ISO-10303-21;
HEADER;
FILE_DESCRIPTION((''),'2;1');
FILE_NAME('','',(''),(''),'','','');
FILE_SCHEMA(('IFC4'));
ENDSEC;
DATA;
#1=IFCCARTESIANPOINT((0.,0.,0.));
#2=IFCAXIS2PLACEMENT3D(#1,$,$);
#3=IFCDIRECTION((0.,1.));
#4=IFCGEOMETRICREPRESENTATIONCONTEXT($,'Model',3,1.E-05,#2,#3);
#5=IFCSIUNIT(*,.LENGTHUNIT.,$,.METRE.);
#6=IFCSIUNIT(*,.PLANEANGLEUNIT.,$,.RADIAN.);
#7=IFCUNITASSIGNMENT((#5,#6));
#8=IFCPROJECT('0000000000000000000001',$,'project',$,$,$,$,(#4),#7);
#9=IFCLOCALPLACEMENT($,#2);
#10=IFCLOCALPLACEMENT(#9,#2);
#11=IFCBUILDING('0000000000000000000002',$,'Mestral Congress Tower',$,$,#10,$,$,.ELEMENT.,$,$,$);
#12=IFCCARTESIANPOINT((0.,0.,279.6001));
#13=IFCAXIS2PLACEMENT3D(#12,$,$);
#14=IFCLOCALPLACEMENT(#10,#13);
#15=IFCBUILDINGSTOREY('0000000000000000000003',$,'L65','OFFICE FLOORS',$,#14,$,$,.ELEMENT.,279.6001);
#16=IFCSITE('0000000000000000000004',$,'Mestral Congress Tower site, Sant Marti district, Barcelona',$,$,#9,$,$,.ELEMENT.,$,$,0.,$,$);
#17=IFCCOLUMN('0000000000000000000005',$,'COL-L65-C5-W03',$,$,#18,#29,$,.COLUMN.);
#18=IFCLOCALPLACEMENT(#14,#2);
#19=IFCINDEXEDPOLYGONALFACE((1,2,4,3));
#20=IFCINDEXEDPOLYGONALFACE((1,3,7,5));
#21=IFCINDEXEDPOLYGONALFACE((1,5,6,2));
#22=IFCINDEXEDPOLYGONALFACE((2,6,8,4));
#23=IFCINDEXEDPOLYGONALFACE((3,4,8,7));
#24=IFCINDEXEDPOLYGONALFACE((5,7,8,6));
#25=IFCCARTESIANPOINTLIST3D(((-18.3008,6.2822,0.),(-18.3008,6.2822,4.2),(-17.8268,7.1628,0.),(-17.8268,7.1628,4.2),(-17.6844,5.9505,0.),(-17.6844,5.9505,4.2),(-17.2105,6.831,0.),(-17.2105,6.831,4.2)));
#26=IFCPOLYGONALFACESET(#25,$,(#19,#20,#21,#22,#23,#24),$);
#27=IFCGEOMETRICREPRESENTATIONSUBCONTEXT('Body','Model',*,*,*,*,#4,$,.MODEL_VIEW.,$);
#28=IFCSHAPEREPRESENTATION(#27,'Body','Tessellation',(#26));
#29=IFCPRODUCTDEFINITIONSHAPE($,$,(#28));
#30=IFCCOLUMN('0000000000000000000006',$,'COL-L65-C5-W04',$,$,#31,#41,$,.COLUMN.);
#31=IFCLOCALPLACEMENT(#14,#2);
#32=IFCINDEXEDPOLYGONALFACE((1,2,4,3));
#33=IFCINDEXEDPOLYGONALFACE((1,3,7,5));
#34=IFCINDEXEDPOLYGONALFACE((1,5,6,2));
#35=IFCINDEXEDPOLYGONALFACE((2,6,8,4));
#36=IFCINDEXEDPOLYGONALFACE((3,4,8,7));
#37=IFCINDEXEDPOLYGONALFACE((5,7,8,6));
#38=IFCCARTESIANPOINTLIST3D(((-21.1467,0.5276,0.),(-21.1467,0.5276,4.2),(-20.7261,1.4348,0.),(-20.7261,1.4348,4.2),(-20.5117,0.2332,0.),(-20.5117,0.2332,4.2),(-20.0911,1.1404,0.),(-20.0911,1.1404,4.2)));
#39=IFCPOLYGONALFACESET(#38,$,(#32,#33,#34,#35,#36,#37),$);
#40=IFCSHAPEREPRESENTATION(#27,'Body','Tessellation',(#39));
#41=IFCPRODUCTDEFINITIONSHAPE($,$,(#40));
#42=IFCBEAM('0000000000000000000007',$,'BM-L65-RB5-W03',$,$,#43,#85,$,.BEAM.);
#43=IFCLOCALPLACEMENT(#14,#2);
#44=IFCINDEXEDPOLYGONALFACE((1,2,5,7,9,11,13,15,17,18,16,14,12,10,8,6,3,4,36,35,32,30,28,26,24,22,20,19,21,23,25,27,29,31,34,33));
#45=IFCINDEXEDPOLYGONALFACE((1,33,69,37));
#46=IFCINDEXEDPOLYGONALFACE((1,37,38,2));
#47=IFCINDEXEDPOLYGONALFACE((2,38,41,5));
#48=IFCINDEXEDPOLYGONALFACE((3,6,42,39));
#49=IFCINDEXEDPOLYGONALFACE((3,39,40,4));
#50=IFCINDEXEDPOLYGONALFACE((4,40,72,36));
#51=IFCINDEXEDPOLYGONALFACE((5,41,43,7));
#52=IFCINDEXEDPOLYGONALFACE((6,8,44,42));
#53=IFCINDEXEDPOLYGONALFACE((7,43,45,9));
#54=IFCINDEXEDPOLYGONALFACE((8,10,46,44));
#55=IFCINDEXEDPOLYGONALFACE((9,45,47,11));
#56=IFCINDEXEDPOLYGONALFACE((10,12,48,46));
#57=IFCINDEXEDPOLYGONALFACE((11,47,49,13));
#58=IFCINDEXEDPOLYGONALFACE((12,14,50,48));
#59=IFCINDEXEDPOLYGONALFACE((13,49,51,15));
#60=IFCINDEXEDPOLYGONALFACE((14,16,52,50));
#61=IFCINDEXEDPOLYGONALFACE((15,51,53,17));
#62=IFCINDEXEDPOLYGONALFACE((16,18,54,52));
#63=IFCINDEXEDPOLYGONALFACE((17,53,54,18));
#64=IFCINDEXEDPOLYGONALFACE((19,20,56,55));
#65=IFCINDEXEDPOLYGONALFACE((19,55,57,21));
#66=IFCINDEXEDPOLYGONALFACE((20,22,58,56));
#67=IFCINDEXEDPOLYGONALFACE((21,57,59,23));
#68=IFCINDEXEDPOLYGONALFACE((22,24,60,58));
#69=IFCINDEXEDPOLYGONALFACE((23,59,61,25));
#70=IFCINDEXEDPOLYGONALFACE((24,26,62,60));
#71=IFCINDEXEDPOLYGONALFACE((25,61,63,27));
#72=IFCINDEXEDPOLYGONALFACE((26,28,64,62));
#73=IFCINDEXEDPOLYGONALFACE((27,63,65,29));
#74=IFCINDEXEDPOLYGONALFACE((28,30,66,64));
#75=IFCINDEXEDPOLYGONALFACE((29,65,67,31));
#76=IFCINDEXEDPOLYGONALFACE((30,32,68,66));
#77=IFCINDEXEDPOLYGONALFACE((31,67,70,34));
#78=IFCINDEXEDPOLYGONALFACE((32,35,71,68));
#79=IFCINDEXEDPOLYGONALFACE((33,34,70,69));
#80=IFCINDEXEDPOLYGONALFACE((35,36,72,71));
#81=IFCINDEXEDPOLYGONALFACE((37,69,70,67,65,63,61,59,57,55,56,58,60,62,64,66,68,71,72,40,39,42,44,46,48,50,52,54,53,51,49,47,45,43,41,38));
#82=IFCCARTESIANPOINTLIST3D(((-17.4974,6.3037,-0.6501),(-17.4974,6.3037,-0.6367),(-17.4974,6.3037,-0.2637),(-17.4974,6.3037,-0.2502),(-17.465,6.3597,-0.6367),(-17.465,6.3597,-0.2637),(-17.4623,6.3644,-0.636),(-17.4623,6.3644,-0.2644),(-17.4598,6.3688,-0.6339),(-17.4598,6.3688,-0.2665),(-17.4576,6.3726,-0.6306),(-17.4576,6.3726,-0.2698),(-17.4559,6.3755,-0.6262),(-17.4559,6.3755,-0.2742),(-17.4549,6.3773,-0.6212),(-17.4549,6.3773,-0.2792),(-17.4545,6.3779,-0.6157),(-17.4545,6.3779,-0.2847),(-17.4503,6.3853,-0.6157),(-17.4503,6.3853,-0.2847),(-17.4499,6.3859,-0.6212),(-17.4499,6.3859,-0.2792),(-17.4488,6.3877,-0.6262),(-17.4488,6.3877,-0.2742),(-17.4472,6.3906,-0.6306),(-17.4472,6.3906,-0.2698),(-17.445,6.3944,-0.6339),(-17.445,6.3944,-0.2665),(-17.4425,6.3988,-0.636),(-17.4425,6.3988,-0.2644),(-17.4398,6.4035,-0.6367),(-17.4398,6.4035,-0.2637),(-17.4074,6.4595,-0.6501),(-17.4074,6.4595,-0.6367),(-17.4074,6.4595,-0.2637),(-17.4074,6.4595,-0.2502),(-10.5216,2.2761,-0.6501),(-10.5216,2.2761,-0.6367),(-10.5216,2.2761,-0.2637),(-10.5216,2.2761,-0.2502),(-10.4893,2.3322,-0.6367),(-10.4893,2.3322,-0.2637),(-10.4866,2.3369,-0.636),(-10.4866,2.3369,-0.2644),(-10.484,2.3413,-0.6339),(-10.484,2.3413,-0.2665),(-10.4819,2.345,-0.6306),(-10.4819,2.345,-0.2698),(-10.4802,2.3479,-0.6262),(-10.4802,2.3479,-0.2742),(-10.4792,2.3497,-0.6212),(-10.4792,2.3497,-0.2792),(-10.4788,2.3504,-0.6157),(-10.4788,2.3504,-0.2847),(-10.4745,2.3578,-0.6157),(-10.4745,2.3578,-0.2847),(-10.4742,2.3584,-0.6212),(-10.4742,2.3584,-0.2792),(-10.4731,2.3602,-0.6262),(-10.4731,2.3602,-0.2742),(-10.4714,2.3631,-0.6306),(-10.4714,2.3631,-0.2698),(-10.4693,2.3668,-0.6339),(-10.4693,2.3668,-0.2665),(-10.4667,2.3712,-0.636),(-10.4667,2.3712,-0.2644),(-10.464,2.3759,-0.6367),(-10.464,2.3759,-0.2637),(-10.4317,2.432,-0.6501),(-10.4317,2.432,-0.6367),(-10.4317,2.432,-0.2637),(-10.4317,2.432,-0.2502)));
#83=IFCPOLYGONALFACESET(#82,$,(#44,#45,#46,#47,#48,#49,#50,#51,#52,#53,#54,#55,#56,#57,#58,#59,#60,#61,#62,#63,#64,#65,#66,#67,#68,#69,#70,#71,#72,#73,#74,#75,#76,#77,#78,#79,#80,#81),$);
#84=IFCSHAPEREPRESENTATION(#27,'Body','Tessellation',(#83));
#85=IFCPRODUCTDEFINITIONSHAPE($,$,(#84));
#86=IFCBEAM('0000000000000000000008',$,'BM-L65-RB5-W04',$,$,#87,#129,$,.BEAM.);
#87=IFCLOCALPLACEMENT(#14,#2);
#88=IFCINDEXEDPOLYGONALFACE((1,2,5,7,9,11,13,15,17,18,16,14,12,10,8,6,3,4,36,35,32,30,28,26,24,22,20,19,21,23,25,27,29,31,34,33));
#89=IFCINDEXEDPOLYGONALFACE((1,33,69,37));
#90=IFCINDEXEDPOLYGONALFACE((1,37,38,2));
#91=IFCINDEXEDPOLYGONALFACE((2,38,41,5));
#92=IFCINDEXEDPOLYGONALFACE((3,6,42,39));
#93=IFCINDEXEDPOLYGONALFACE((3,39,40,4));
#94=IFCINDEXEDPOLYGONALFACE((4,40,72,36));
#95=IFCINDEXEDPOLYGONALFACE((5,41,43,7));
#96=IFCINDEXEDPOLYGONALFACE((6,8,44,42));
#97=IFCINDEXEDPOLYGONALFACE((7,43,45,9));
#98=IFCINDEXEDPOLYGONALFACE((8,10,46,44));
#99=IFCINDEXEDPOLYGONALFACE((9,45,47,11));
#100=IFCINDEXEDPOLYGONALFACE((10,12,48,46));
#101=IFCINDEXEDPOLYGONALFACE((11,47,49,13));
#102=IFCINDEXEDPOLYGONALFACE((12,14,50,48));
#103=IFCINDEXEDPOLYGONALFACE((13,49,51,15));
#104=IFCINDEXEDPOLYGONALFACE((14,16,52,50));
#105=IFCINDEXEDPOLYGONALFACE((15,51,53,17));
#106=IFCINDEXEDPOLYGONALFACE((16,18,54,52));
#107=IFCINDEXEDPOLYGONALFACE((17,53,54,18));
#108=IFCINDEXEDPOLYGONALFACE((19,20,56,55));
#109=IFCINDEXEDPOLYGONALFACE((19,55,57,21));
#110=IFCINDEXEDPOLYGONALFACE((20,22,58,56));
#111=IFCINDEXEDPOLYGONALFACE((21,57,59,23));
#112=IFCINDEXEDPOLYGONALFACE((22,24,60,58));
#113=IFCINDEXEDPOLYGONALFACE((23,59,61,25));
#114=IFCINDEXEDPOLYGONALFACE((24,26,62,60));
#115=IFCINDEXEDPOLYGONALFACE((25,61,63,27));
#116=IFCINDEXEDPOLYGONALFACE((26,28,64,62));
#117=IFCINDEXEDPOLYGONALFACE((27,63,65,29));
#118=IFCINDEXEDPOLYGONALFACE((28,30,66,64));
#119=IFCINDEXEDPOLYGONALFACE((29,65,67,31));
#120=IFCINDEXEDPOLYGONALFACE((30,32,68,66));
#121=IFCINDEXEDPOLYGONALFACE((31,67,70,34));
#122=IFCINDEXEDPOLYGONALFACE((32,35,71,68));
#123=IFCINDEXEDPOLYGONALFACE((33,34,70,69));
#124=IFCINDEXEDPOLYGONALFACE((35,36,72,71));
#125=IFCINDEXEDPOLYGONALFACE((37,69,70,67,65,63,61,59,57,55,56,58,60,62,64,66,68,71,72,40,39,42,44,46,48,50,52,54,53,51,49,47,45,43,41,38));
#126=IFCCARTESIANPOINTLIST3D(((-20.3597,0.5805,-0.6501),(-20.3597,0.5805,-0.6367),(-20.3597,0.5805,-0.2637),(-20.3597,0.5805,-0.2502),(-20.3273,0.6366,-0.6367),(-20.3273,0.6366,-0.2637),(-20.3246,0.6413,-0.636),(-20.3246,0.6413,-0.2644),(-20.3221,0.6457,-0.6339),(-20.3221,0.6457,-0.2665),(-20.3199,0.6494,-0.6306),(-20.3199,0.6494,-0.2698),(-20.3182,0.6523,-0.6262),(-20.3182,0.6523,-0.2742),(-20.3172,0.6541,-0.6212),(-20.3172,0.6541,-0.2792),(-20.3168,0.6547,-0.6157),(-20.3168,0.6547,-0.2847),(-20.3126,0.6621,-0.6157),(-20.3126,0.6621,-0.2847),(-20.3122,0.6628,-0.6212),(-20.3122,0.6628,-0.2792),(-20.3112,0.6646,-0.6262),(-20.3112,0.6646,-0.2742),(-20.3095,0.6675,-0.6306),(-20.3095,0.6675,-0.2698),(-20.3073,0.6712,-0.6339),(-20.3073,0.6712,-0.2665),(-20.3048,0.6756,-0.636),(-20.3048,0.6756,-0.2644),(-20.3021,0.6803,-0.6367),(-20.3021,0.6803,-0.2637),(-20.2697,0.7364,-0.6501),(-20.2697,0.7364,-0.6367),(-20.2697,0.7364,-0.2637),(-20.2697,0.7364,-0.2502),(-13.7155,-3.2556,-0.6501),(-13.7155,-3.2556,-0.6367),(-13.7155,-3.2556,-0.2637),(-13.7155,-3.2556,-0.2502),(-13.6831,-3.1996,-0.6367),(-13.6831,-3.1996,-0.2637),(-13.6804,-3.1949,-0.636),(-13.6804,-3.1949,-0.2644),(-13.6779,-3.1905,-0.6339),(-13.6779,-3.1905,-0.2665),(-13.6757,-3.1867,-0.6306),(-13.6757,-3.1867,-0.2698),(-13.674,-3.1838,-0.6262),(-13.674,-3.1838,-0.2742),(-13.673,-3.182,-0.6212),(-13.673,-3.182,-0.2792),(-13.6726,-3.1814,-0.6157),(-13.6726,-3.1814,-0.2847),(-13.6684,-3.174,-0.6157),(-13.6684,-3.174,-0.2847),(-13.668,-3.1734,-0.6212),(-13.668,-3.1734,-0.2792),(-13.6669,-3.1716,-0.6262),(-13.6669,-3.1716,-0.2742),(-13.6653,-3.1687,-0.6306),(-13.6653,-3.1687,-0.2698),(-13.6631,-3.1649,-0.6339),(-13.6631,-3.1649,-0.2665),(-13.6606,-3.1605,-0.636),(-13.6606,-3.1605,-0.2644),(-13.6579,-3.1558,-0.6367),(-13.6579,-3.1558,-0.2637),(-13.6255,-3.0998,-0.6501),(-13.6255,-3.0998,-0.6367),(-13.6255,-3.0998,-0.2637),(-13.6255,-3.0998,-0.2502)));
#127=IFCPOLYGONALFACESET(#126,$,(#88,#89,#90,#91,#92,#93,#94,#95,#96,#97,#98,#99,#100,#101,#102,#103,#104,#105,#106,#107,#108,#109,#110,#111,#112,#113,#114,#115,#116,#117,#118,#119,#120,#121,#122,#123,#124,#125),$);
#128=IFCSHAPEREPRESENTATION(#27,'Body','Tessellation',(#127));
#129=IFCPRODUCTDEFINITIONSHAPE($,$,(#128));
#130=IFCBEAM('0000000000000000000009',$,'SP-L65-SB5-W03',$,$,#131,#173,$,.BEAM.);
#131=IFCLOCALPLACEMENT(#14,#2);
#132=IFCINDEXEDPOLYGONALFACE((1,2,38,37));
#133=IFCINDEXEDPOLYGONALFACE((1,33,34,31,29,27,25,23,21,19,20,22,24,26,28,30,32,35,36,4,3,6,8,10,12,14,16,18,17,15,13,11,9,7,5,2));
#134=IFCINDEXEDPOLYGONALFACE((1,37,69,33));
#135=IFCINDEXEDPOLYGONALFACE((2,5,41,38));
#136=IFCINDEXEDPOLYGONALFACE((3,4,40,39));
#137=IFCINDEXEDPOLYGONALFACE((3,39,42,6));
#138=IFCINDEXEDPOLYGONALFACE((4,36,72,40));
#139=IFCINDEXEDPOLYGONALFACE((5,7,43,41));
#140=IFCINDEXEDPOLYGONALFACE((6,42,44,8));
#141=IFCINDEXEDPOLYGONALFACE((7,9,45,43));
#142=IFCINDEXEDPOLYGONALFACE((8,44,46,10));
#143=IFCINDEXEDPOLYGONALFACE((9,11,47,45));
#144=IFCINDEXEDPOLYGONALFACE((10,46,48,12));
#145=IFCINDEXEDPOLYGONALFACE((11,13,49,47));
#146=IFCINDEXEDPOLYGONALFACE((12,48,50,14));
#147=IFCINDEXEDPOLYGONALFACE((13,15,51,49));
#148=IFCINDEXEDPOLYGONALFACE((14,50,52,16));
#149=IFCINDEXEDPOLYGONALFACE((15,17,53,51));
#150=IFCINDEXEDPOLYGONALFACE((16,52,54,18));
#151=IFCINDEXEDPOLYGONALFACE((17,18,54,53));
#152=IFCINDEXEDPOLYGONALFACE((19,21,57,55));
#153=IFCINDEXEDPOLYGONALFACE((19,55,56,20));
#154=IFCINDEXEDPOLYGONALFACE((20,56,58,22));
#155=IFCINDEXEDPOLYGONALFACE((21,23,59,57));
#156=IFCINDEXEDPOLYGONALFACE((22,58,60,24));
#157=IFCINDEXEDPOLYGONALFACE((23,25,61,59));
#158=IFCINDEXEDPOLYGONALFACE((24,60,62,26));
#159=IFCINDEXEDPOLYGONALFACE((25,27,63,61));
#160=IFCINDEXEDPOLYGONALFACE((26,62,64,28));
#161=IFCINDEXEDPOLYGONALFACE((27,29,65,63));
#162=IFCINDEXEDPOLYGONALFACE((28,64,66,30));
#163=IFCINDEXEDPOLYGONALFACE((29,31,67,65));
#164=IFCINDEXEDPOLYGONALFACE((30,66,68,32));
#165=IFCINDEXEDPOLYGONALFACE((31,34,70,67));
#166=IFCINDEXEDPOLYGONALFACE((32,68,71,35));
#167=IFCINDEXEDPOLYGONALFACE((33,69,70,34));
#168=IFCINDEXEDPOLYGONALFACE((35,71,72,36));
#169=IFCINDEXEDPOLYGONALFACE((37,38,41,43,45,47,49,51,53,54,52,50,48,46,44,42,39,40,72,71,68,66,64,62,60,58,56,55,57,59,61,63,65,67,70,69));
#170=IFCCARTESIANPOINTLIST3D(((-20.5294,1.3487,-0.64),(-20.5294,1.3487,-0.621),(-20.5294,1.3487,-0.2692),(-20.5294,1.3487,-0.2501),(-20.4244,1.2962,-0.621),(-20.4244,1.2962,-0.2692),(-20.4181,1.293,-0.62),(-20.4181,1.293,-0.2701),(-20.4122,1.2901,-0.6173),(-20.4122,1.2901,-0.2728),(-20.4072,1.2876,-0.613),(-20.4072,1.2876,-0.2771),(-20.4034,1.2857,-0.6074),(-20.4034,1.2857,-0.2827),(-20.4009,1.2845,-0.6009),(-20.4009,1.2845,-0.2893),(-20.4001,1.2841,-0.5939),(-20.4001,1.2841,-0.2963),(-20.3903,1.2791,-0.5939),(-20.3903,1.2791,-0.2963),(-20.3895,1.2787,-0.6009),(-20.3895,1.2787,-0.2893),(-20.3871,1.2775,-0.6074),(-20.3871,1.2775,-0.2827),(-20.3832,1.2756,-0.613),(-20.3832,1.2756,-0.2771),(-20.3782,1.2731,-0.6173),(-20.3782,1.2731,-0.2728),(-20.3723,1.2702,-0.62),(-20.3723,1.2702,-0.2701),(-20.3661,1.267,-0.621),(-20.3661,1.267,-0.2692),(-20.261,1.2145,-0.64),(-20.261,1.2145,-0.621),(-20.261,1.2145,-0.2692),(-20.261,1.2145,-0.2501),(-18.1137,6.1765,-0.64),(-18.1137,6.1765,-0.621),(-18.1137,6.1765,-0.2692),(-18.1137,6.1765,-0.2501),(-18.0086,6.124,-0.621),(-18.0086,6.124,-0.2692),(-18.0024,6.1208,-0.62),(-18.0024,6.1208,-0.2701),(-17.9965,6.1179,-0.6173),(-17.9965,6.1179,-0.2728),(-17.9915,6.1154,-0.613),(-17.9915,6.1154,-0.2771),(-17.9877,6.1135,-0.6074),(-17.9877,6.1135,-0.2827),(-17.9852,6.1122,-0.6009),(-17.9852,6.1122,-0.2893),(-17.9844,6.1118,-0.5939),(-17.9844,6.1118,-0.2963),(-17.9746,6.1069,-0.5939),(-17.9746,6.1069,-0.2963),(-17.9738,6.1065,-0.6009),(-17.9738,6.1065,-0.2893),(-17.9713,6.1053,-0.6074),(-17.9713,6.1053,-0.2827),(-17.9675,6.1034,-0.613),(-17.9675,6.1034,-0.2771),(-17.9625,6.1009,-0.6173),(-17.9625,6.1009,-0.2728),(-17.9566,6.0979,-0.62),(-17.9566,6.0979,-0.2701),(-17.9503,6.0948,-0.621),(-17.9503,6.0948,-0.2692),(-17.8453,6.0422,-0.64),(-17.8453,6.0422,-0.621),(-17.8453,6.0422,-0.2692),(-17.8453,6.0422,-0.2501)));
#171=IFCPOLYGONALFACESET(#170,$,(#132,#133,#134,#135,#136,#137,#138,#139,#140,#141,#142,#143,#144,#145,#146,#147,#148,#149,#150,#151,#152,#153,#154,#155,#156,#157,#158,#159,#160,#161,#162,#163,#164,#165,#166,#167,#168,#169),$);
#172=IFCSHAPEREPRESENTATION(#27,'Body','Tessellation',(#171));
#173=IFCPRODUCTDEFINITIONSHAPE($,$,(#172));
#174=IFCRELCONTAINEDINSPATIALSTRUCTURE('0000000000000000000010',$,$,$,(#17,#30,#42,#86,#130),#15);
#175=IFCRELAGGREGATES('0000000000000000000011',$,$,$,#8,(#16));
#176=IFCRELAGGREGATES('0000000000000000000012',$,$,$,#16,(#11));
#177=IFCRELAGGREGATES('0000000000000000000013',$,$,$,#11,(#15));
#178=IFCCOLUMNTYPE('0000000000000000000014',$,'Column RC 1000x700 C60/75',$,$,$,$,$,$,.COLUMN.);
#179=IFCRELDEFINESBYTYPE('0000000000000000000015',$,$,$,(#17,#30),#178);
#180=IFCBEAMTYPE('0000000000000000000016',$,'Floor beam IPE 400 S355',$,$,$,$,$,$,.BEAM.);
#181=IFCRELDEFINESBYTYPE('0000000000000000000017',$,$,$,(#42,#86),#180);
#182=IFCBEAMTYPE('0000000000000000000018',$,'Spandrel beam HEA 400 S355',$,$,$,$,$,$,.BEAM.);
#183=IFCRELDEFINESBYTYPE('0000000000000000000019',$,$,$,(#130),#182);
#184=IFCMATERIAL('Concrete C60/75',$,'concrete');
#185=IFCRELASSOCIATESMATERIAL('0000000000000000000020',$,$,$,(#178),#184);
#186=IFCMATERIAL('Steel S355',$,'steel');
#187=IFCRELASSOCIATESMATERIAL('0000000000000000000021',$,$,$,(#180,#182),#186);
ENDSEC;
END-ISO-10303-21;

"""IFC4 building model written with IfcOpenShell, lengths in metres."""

from ifc_helpers import new_model, si_unit, direction, frame, origin, origin_2d, place, context, subcontext, project, spatial, rectangle, i_section, extrude, material, material_profile, profile_set, type_object, element, save


model = new_model("IFC4")

# Units and contexts
model_context = context("Model", 3, precision=1e-05, world=origin(), true_north=direction((0.0, 1.0)))
body_context = subcontext(model_context, "Body", "Model", "MODEL_VIEW")
ifc_project = project(units=[si_unit("LENGTHUNIT", "METRE"), si_unit("PLANEANGLEUNIT", "RADIAN")], contexts=[model_context])

# Site, building, storey
site_placement = place(None, origin())
site = spatial("IfcSite", under=ifc_project, at=site_placement, Name="Mestral Congress Tower site, Sant Marti district, Barcelona", CompositionType="ELEMENT", RefElevation=0.0)
building_placement = place(site_placement, origin())
building = spatial("IfcBuilding", under=site, at=building_placement, Name="Mestral Congress Tower", CompositionType="ELEMENT")
storey_placement = place(building_placement, frame((0.0, 0.0, 279.6001)))
storey = spatial("IfcBuildingStorey", under=building, at=storey_placement, Name="L65", Description="OFFICE FLOORS", CompositionType="ELEMENT", Elevation=279.6001)

# Columns
ifc_material_1 = material(Name="Concrete C60/75", Category="concrete")
ifc_material_profile_1 = material_profile(ifc_material_1, rectangle(XDim=1.0, YDim=0.7, at=origin_2d()), Name="RC 1000x700")
ifc_profile_set_1 = profile_set([ifc_material_profile_1], Name="Concrete C60/75")
column_type = type_object("IfcColumnType", Name="Column RC 1000x700 C60/75", PredefinedType="COLUMN", material=ifc_profile_set_1)
for number, where, z_axis, x_axis, name in (
    (1, (-17.7556, 6.5566, 0.0), (0.0, 0.0, 1.0), (-0.473945, -0.880554, 0.0), "COL-L65-C5-W03"),
    (2, (-20.6189, 0.834, 0.0), (0.0, 0.0, 1.0), (-0.420596, -0.907248, 0.0), "COL-L65-C5-W04"),
):
    element("IfcColumn", number, at=place(storey_placement, frame(where, z_axis=z_axis, x_axis=x_axis)), inside=storey, type_object=column_type, Name=name, PredefinedType="COLUMN", context=body_context, shape_type="SweptSolid", body=[
        extrude(rectangle(XDim=1.0, YDim=0.7, at=origin_2d()), origin(), (0.0, 0.0, 1.0), 4.2),
    ])

# Beams
ifc_material_2 = material(Name="Steel S355", Category="steel")
ifc_material_profile_2 = material_profile(ifc_material_2, i_section(OverallWidth=0.1799, OverallDepth=0.3999, WebThickness=0.0085, FlangeThickness=0.0134, FilletRadius=0.021, at=origin_2d()), Name="IPE 400")
ifc_profile_set_2 = profile_set([ifc_material_profile_2], Name="Steel S355")
beam_type_1 = type_object("IfcBeamType", Name="Floor beam IPE 400 S355", PredefinedType="BEAM", material=ifc_profile_set_2)
beam_1_placement = place(storey_placement, frame((-17.4524, 6.3816, -0.4502), z_axis=(0.866021, -0.500008, 0.0), x_axis=(0.500008, 0.866021, 0.0)))
element("IfcBeam", 3, at=beam_1_placement, inside=storey, type_object=beam_type_1, Name="BM-L65-RB5-W03", PredefinedType="BEAM", context=body_context, shape_type="SweptSolid", body=[
    extrude(i_section(OverallWidth=0.1799, OverallDepth=0.3999, WebThickness=0.0085, FlangeThickness=0.0134, FilletRadius=0.021, at=origin_2d()), origin(), (0.0, 0.0, 1.0), 8.0549),
])
beam_2_placement = place(storey_placement, frame((-20.3147, 0.6584, -0.4502), z_axis=(0.86602, -0.50001, 0.0), x_axis=(0.50001, 0.86602, 0.0)))
element("IfcBeam", 4, at=beam_2_placement, inside=storey, type_object=beam_type_1, Name="BM-L65-RB5-W04", PredefinedType="BEAM", context=body_context, shape_type="SweptSolid", body=[
    extrude(i_section(OverallWidth=0.1799, OverallDepth=0.3999, WebThickness=0.0085, FlangeThickness=0.0134, FilletRadius=0.021, at=origin_2d()), origin(), (0.0, 0.0, 1.0), 7.6721),
])
ifc_material_profile_3 = material_profile(ifc_material_2, i_section(OverallWidth=0.3, OverallDepth=0.3899, WebThickness=0.011, FlangeThickness=0.019, FilletRadius=0.0271, at=origin_2d()), Name="HEA 400")
ifc_profile_set_3 = profile_set([ifc_material_profile_3], Name="Steel S355")
beam_type_2 = type_object("IfcBeamType", Name="Spandrel beam HEA 400 S355", PredefinedType="BEAM", material=ifc_profile_set_3)
beam_3_placement = place(storey_placement, frame((-17.9795, 6.1094, -0.4451), z_axis=(-0.447485, -0.894291, 0.0), x_axis=(0.894291, -0.447485, 0.0)))
element("IfcBeam", 5, at=beam_3_placement, inside=storey, type_object=beam_type_2, Name="SP-L65-SB5-W03", PredefinedType="BEAM", context=body_context, shape_type="SweptSolid", body=[
    extrude(i_section(OverallWidth=0.3, OverallDepth=0.3899, WebThickness=0.011, FlangeThickness=0.019, FilletRadius=0.0271, at=origin_2d()), origin(), (0.0, 0.0, 1.0), 5.3984),
])

save(model, "model.ifc")
